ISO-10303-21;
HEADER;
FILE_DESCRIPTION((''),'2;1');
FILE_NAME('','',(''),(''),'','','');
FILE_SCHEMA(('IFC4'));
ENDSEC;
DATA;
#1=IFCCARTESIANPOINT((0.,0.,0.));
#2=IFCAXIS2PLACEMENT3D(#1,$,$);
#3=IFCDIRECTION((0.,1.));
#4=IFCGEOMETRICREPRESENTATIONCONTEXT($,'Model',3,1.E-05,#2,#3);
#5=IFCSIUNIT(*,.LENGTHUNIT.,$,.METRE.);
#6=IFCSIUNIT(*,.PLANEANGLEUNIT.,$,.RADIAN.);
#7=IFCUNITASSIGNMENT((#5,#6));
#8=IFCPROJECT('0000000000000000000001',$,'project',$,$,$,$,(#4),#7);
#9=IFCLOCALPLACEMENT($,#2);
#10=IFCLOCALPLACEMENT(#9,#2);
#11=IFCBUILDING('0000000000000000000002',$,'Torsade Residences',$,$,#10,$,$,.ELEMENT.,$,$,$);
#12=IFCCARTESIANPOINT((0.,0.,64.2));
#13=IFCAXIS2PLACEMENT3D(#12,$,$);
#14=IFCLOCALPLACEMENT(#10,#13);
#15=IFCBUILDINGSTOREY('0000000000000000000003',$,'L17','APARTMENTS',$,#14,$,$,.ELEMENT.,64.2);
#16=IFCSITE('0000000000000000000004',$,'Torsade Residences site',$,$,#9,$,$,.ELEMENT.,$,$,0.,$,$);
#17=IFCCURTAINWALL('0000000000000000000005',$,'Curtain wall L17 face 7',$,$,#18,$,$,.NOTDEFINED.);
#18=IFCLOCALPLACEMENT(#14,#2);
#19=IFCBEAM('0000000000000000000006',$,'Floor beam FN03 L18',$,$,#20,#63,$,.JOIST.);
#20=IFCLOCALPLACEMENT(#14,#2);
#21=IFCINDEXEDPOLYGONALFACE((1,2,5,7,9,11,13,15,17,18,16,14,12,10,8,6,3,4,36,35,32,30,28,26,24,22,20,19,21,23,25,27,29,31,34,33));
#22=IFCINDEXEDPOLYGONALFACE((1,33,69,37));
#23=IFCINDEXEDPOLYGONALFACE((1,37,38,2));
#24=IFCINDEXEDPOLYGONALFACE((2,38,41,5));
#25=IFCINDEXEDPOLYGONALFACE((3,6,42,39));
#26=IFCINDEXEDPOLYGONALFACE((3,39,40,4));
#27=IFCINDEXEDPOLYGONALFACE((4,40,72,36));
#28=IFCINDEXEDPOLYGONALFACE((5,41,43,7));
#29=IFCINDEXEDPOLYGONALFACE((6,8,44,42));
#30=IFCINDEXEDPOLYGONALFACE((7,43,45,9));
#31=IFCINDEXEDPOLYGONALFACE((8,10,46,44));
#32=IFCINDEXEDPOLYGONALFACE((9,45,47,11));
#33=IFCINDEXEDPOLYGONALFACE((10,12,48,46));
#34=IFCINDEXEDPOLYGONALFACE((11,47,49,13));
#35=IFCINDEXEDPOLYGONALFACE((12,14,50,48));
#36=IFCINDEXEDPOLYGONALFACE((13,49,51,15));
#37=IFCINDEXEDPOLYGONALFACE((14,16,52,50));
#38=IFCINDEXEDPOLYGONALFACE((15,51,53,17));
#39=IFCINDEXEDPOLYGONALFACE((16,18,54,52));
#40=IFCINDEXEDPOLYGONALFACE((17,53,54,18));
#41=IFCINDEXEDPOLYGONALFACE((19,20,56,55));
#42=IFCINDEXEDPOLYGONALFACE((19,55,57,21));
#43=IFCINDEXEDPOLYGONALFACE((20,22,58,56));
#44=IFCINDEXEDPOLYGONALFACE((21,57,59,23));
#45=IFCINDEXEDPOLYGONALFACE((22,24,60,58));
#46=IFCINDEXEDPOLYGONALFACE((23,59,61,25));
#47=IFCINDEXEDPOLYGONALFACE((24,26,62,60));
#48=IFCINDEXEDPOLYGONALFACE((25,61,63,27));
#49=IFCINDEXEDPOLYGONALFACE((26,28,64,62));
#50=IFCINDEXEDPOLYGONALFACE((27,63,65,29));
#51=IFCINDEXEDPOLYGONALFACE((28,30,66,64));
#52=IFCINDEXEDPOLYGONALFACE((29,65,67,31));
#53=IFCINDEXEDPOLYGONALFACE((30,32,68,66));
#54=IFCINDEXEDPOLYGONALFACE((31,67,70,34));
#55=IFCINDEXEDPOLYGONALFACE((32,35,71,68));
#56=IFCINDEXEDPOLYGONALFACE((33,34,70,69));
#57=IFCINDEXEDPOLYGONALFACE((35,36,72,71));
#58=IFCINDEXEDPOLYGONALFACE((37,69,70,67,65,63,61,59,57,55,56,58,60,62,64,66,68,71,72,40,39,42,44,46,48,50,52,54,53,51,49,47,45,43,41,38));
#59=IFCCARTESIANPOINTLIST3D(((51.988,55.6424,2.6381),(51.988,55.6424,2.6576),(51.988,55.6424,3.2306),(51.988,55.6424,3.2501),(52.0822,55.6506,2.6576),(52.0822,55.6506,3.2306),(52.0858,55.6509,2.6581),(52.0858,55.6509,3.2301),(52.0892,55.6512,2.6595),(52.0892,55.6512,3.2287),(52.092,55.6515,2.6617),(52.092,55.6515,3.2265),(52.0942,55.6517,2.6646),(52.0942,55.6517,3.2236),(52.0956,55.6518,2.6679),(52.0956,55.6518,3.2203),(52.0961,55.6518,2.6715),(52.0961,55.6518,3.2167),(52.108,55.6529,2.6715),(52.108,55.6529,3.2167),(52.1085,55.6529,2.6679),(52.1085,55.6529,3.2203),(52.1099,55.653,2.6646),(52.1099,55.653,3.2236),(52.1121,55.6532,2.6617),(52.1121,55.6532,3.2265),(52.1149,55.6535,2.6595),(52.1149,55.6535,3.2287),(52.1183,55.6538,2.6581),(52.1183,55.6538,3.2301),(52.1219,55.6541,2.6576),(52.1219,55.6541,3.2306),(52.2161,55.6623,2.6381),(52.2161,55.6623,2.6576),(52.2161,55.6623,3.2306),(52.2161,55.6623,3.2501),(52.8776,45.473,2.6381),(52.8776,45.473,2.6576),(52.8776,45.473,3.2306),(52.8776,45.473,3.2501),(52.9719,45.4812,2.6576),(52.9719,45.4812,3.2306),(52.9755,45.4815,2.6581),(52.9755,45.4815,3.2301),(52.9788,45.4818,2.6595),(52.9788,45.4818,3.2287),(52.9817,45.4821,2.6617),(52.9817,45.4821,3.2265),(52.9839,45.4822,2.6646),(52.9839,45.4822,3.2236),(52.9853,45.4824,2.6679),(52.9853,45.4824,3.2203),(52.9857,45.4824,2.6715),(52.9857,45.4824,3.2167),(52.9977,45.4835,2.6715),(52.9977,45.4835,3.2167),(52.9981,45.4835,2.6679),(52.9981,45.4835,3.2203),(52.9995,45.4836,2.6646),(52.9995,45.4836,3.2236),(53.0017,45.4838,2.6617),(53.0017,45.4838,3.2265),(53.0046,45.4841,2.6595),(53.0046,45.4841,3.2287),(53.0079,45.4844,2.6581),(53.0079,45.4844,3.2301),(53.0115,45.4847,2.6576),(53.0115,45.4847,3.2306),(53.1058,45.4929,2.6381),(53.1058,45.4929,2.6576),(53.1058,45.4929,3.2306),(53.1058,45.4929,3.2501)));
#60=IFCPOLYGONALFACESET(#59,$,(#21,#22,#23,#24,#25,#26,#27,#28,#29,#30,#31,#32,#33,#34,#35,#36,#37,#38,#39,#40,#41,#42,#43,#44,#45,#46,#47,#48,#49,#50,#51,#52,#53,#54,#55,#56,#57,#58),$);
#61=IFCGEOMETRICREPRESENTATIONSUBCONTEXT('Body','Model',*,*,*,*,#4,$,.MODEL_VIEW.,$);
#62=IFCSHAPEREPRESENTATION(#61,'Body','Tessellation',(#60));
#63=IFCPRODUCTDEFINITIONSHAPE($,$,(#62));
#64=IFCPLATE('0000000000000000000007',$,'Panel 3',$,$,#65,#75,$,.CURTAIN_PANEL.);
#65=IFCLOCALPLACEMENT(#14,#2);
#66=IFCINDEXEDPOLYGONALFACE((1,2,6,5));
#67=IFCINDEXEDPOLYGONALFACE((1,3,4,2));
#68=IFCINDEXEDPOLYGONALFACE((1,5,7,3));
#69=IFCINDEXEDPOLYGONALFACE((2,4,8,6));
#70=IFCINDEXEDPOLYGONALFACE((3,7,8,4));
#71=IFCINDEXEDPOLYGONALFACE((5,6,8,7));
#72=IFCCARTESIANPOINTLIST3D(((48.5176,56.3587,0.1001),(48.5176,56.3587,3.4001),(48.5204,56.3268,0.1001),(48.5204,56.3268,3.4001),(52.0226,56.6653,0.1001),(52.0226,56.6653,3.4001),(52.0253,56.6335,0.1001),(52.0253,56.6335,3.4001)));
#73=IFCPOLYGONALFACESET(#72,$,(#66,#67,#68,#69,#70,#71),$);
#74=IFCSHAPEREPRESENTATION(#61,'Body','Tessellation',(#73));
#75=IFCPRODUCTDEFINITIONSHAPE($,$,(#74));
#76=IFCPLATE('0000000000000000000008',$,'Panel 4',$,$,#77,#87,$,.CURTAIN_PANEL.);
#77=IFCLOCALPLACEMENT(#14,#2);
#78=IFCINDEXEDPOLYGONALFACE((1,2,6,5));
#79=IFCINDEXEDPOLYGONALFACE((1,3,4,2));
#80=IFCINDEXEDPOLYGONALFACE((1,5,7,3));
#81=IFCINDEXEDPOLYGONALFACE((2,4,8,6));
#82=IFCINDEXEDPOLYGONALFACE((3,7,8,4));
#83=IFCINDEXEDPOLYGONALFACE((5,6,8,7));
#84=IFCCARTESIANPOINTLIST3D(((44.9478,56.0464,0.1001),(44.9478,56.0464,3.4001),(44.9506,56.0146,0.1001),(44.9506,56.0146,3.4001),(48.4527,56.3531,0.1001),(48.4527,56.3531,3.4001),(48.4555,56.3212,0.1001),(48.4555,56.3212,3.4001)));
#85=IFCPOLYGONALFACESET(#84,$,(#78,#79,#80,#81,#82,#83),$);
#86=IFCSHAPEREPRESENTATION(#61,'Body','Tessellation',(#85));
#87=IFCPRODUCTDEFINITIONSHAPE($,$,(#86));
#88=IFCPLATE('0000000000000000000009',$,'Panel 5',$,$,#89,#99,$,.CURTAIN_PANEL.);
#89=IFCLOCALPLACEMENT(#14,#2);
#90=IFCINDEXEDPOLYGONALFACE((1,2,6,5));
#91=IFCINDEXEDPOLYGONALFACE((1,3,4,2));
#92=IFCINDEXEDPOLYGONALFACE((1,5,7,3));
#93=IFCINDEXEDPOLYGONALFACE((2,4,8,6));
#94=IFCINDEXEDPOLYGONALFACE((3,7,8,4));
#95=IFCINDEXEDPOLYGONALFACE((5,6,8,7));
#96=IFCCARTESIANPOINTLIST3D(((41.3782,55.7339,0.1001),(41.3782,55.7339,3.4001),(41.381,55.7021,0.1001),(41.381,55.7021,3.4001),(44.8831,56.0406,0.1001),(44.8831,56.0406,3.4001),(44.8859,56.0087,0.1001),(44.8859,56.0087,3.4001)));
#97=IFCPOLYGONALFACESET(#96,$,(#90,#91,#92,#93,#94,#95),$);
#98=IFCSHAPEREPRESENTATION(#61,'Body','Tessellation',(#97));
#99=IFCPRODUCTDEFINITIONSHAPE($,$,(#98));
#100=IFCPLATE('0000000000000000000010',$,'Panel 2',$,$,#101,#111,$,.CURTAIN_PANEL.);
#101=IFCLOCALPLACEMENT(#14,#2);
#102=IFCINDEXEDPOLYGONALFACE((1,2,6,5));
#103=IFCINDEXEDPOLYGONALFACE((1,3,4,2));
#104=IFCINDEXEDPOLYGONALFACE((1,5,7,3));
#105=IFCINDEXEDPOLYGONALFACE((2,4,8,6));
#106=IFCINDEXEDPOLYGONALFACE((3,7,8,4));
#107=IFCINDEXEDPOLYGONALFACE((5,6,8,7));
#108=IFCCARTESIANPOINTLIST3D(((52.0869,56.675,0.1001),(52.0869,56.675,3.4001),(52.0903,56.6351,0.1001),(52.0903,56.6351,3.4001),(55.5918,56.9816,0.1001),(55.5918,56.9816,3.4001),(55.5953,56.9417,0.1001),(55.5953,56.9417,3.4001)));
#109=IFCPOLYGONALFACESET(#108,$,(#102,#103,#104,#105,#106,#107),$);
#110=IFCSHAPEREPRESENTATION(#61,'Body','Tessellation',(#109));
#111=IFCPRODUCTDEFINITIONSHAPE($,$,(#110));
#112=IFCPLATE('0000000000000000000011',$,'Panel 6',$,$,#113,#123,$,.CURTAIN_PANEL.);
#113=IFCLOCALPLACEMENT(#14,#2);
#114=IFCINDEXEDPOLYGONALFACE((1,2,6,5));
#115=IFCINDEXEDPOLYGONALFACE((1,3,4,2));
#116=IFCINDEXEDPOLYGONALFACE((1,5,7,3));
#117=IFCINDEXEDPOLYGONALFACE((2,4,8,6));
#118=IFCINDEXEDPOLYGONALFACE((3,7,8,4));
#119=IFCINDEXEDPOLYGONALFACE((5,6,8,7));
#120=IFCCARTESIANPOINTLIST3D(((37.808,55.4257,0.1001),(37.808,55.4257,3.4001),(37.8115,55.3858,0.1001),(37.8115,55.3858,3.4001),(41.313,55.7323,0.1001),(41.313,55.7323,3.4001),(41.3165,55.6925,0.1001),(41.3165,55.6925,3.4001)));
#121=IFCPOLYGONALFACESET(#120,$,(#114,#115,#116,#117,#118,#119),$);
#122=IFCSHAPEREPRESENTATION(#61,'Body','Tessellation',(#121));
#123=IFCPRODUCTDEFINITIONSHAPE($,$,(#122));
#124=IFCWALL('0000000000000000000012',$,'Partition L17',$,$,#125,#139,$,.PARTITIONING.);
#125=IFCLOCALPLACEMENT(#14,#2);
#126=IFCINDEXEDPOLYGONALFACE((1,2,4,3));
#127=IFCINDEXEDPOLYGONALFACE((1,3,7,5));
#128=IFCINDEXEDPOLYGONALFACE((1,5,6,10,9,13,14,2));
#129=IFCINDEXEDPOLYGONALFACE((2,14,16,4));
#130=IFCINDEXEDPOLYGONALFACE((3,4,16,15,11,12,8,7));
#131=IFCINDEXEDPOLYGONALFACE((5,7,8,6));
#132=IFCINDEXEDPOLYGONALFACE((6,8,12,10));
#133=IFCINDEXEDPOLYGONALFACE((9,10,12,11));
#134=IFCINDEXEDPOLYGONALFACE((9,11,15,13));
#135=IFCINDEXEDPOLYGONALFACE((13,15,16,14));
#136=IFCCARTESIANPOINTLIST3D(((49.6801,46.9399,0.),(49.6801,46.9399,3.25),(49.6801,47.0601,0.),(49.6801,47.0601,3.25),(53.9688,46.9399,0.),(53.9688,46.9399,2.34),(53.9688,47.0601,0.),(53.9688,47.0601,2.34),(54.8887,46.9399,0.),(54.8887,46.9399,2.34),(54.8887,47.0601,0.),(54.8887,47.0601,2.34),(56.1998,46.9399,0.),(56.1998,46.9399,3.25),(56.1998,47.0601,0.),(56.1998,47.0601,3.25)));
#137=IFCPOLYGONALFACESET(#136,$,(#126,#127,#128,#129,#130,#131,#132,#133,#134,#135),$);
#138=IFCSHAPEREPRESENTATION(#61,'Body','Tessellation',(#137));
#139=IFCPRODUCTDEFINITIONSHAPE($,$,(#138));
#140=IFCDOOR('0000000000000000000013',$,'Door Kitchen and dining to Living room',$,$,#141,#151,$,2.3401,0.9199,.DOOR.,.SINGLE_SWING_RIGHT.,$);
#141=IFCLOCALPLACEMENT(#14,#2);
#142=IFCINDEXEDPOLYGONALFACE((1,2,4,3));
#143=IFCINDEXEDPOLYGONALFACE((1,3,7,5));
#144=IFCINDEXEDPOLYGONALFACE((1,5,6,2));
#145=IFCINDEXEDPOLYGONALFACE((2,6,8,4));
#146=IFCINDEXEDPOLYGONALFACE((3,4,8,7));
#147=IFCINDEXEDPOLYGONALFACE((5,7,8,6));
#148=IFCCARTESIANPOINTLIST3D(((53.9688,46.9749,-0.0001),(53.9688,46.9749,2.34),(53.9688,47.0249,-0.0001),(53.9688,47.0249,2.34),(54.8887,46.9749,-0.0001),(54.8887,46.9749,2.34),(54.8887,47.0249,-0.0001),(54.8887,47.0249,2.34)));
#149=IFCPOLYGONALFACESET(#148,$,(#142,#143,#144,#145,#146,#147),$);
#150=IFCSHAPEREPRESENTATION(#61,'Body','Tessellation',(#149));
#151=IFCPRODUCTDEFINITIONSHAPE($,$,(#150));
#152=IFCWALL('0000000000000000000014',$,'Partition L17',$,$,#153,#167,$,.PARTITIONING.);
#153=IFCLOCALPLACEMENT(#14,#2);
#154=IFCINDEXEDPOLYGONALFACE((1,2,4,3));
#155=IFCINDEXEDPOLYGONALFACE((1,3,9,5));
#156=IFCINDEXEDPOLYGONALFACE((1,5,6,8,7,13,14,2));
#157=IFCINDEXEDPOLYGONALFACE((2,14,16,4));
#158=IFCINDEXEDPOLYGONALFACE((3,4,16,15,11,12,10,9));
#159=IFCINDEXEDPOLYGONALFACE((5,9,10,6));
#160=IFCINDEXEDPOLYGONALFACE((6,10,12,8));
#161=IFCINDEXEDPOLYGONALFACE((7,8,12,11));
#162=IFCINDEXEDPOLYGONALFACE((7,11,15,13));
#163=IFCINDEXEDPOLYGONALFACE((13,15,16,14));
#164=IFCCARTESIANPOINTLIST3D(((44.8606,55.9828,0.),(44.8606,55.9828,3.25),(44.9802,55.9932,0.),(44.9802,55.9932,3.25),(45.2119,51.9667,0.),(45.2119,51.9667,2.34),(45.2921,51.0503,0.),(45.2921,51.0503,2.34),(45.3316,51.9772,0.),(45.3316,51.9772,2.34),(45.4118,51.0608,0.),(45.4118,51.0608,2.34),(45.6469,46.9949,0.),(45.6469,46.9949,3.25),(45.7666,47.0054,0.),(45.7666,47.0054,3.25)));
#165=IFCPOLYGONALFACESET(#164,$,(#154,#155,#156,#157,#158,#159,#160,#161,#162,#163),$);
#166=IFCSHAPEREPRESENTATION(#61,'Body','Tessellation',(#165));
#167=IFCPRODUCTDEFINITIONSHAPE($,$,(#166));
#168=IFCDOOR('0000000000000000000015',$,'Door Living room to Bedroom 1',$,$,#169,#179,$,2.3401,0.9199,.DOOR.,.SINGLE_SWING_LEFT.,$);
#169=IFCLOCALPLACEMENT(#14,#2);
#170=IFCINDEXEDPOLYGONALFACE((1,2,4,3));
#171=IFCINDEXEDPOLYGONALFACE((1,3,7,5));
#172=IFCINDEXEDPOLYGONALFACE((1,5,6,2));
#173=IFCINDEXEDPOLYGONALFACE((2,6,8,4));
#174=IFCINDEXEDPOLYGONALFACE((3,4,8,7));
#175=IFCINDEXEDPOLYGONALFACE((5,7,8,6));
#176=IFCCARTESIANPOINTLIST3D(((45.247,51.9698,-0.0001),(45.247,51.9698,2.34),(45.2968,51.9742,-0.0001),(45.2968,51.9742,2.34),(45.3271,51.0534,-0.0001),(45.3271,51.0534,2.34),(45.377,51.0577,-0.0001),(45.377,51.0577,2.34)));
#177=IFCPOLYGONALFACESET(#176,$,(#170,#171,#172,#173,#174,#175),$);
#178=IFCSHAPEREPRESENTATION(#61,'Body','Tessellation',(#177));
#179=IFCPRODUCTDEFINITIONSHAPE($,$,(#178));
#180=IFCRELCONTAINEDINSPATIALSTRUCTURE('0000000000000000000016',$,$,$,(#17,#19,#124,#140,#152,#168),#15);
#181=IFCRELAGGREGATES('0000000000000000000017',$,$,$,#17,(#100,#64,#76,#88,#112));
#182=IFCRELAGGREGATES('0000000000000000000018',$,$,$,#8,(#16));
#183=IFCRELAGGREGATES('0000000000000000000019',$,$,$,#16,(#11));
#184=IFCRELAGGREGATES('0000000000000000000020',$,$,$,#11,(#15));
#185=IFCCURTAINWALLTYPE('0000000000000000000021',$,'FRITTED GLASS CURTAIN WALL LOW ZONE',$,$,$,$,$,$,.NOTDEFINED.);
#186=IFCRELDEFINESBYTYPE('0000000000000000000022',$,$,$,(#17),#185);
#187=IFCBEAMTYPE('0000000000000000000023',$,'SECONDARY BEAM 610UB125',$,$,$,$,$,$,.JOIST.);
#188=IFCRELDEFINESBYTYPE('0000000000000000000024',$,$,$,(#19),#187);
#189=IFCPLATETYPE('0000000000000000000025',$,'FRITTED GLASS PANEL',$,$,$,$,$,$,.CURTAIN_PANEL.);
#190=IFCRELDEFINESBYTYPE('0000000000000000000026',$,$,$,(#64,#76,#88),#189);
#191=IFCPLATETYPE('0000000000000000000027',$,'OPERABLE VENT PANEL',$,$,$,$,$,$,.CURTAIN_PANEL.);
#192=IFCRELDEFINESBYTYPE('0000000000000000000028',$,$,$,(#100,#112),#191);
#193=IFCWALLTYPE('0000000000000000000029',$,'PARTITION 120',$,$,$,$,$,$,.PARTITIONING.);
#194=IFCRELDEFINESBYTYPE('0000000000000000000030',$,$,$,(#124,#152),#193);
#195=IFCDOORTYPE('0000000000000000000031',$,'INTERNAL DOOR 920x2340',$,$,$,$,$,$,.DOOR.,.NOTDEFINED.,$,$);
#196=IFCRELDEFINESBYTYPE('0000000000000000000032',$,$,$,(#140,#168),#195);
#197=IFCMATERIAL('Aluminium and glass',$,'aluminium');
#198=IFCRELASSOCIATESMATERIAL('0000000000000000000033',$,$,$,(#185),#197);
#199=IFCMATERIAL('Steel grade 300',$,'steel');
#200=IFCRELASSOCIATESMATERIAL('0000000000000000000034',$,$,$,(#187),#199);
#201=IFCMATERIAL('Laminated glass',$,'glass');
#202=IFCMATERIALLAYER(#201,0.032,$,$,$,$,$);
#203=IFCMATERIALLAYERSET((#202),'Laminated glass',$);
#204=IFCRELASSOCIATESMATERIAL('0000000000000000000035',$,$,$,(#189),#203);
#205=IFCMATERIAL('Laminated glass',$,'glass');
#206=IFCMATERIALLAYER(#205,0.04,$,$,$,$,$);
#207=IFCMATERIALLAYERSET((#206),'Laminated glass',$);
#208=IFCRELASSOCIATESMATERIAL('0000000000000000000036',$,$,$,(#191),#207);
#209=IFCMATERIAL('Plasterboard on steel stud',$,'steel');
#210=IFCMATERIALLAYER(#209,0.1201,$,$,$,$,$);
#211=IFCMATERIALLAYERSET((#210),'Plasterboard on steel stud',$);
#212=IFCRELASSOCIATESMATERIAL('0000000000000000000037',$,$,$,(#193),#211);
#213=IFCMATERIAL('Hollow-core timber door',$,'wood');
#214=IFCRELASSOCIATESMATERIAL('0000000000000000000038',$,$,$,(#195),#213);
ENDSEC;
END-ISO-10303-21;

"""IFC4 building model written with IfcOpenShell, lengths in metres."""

from ifc_helpers import new_model, si_unit, direction, frame, frame_2d, origin, origin_2d, place, context, subcontext, project, spatial, rectangle, i_section, extrude, material, layer, layer_set, material_profile, profile_set, type_object, element, fill, aggregate, save


model = new_model("IFC4")

# Units and contexts
model_context = context("Model", 3, precision=1e-05, world=origin(), true_north=direction((0.0, 1.0)))
body_context = subcontext(model_context, "Body", "Model", "MODEL_VIEW")
ifc_project = project(units=[si_unit("LENGTHUNIT", "METRE"), si_unit("PLANEANGLEUNIT", "RADIAN")], contexts=[model_context])

# Site, building, storey
site_placement = place(None, origin())
site = spatial("IfcSite", under=ifc_project, at=site_placement, Name="Torsade Residences site", CompositionType="ELEMENT", RefElevation=0.0)
building_placement = place(site_placement, origin())
building = spatial("IfcBuilding", under=site, at=building_placement, Name="Torsade Residences", CompositionType="ELEMENT")
storey_placement = place(building_placement, frame((0.0, 0.0, 64.2)))
storey = spatial("IfcBuildingStorey", under=building, at=storey_placement, Name="L17", Description="APARTMENTS", CompositionType="ELEMENT", Elevation=64.2)

# Curtain wall
ifc_material_1 = material(Name="Aluminium and glass", Category="aluminium")
curtain_wall_type = type_object("IfcCurtainWallType", Name="FRITTED GLASS CURTAIN WALL LOW ZONE", PredefinedType="NOTDEFINED", material=ifc_material_1)
curtain_wall_placement = place(storey_placement, origin())
curtain_wall = element("IfcCurtainWall", 1, at=curtain_wall_placement, inside=storey, type_object=curtain_wall_type, Name="Curtain wall L17 face 7", PredefinedType="NOTDEFINED")

# Beam
ifc_material_2 = material(Name="Steel grade 300", Category="steel")
ifc_material_profile_1 = material_profile(ifc_material_2, i_section(OverallWidth=0.229, OverallDepth=0.6121, WebThickness=0.012, FlangeThickness=0.0195, FilletRadius=0.0139, at=origin_2d()), Name="610UB125")
ifc_profile_set_1 = profile_set([ifc_material_profile_1], Name="Steel grade 300")
beam_type_1 = type_object("IfcBeamType", Name="SECONDARY BEAM 610UB125", PredefinedType="JOIST", material=ifc_profile_set_1)
beam_1_placement = place(storey_placement, frame((52.1021, 55.6523, 2.9441), z_axis=(0.08715, -0.996195, 0.0), x_axis=(0.996195, 0.08715, 0.0)))
element("IfcBeam", 2, at=beam_1_placement, inside=storey, type_object=beam_type_1, Name="Floor beam FN03 L18", PredefinedType="JOIST", context=body_context, shape_type="SweptSolid", body=[
    extrude(i_section(OverallWidth=0.229, OverallDepth=0.6121, WebThickness=0.012, FlangeThickness=0.0195, FilletRadius=0.0139, at=origin_2d()), origin(), (0.0, 0.0, 1.0), 10.2083),
])

# Plates
ifc_material_3 = material(Name="Laminated glass", Category="glass")
ifc_layer_1 = layer(ifc_material_3, 0.032)
ifc_layer_set_1 = layer_set([ifc_layer_1], Name="Laminated glass")
plate_type_1 = type_object("IfcPlateType", Name="FRITTED GLASS PANEL", PredefinedType="CURTAIN_PANEL", material=ifc_layer_set_1)
plate_1_placement = place(storey_placement, frame((50.2715, 56.4961, 0.1001), z_axis=(0.0, 0.0, 1.0), x_axis=(-0.996195, -0.087156, 0.0)))
plate_1 = element("IfcPlate", 3, at=plate_1_placement, type_object=plate_type_1, Name="Panel 3", PredefinedType="CURTAIN_PANEL", context=body_context, shape_type="SweptSolid", body=[
    extrude(rectangle(XDim=3.5183, YDim=0.032, at=origin_2d()), origin(), (0.0, 0.0, 1.0), 3.3),
])
plate_2_placement = place(storey_placement, frame((46.7017, 56.1838, 0.1001), z_axis=(0.0, 0.0, 1.0), x_axis=(-0.996195, -0.087156, 0.0)))
plate_2 = element("IfcPlate", 4, at=plate_2_placement, type_object=plate_type_1, Name="Panel 4", PredefinedType="CURTAIN_PANEL", context=body_context, shape_type="SweptSolid", body=[
    extrude(rectangle(XDim=3.5183, YDim=0.032, at=origin_2d()), origin(), (0.0, 0.0, 1.0), 3.3),
])
plate_3_placement = place(storey_placement, frame((43.1321, 55.8713, 0.1001), z_axis=(0.0, 0.0, 1.0), x_axis=(-0.996195, -0.087156, 0.0)))
plate_3 = element("IfcPlate", 5, at=plate_3_placement, type_object=plate_type_1, Name="Panel 5", PredefinedType="CURTAIN_PANEL", context=body_context, shape_type="SweptSolid", body=[
    extrude(rectangle(XDim=3.5183, YDim=0.032, at=origin_2d()), origin(), (0.0, 0.0, 1.0), 3.3),
])
ifc_material_4 = material(Name="Laminated glass", Category="glass")
ifc_layer_2 = layer(ifc_material_4, 0.04)
ifc_layer_set_2 = layer_set([ifc_layer_2], Name="Laminated glass")
plate_type_2 = type_object("IfcPlateType", Name="OPERABLE VENT PANEL", PredefinedType="CURTAIN_PANEL", material=ifc_layer_set_2)
plate_4_placement = place(storey_placement, frame((53.8411, 56.8083, 0.1001), z_axis=(0.0, 0.0, 1.0), x_axis=(-0.996195, -0.087156, 0.0)))
plate_4 = element("IfcPlate", 6, at=plate_4_placement, type_object=plate_type_2, Name="Panel 2", PredefinedType="CURTAIN_PANEL", context=body_context, shape_type="SweptSolid", body=[
    extrude(rectangle(XDim=3.5183, YDim=0.04, at=origin_2d()), origin(), (0.0, 0.0, 1.0), 3.3),
])
plate_5_placement = place(storey_placement, frame((39.5623, 55.5591, 0.1001), z_axis=(0.0, 0.0, 1.0), x_axis=(-0.996195, -0.087156, 0.0)))
plate_5 = element("IfcPlate", 7, at=plate_5_placement, type_object=plate_type_2, Name="Panel 6", PredefinedType="CURTAIN_PANEL", context=body_context, shape_type="SweptSolid", body=[
    extrude(rectangle(XDim=3.5183, YDim=0.04, at=origin_2d()), origin(), (0.0, 0.0, 1.0), 3.3),
])
aggregate(curtain_wall, [plate_4, plate_1, plate_2, plate_3, plate_5])

# Walls, openings, doors
ifc_material_5 = material(Name="Plasterboard on steel stud", Category="steel")
ifc_layer_3 = layer(ifc_material_5, 0.1201)
ifc_layer_set_3 = layer_set([ifc_layer_3], Name="Plasterboard on steel stud")
wall_type_1 = type_object("IfcWallType", Name="PARTITION 120", PredefinedType="PARTITIONING", material=ifc_layer_set_3)
wall_1_placement = place(storey_placement, frame((49.6802, 47.0, 0.0), z_axis=(0.0, 0.0, 1.0), x_axis=(1.0, 0.0, 0.0)))
wall_1 = element("IfcWall", 8, at=wall_1_placement, inside=storey, type_object=wall_type_1, Name="Partition L17", PredefinedType="PARTITIONING", context=body_context, shape_type="SweptSolid", body=[
    extrude(rectangle(XDim=6.5198, YDim=0.1201, at=frame_2d((3.2598, 0.0))), origin(), (0.0, 0.0, 1.0), 3.25),
])
opening_1_placement = place(wall_1_placement, frame((4.2886, 0.0, 0.0)))
opening_1 = element("IfcOpeningElement", 9, at=opening_1_placement, cuts=wall_1, PredefinedType="OPENING", context=body_context, shape_type="SweptSolid", body=[
    extrude(rectangle(XDim=0.9199, YDim=2.3401, at=frame_2d((0.46, 1.1699))), frame((0.0, 0.0701, 0.0), z_axis=(0.0, -1.0, 0.0), x_axis=(1.0, 0.0, 0.0)), (0.0, 0.0, 1.0), 0.1401),
])
ifc_material_6 = material(Name="Hollow-core timber door", Category="wood")
door_type = type_object("IfcDoorType", Name="INTERNAL DOOR 920x2340", OperationType="NOTDEFINED", PredefinedType="DOOR", material=ifc_material_6)
door_1_placement = place(opening_1_placement, origin())
door_1 = element("IfcDoor", 10, at=door_1_placement, inside=storey, type_object=door_type, Name="Door Kitchen and dining to Living room", OperationType="SINGLE_SWING_RIGHT", OverallHeight=2.3401, OverallWidth=0.9199, PredefinedType="DOOR", context=body_context, shape_type="SweptSolid", body=[
    extrude(rectangle(XDim=0.9199, YDim=2.3401, at=frame_2d((0.46, 1.1699))), frame((0.0, 0.0249, 0.0), z_axis=(0.0, -1.0, 0.0), x_axis=(1.0, 0.0, 0.0)), (0.0, 0.0, 1.0), 0.05),
])
fill(opening_1, door_1)
wall_2_placement = place(storey_placement, frame((45.7068, 47.0, 0.0), z_axis=(0.0, 0.0, 1.0), x_axis=(-0.087161, 0.996194, 0.0)))
wall_2 = element("IfcWall", 11, at=wall_2_placement, inside=storey, type_object=wall_type_1, Name="Partition L17", PredefinedType="PARTITIONING", context=body_context, shape_type="SweptSolid", body=[
    extrude(rectangle(XDim=9.0222, YDim=0.1201, at=frame_2d((4.5112, 0.0))), origin(), (0.0, 0.0, 1.0), 3.25),
])
opening_2_placement = place(wall_2_placement, frame((4.071, 0.0, 0.0)))
opening_2 = element("IfcOpeningElement", 12, at=opening_2_placement, cuts=wall_2, PredefinedType="OPENING", context=body_context, shape_type="SweptSolid", body=[
    extrude(rectangle(XDim=0.9199, YDim=2.3401, at=frame_2d((0.46, 1.1699))), frame((0.0, 0.0701, 0.0), z_axis=(0.0, -1.0, 0.0), x_axis=(1.0, 0.0, 0.0)), (0.0, 0.0, 1.0), 0.1401),
])
door_2_placement = place(opening_2_placement, origin())
door_2 = element("IfcDoor", 13, at=door_2_placement, inside=storey, type_object=door_type, Name="Door Living room to Bedroom 1", OperationType="SINGLE_SWING_LEFT", OverallHeight=2.3401, OverallWidth=0.9199, PredefinedType="DOOR", context=body_context, shape_type="SweptSolid", body=[
    extrude(rectangle(XDim=0.9199, YDim=2.3401, at=frame_2d((0.46, 1.1699))), frame((0.0, 0.0249, 0.0), z_axis=(0.0, -1.0, 0.0), x_axis=(1.0, 0.0, 0.0)), (0.0, 0.0, 1.0), 0.05),
])
fill(opening_2, door_2)

save(model, "model.ifc")
